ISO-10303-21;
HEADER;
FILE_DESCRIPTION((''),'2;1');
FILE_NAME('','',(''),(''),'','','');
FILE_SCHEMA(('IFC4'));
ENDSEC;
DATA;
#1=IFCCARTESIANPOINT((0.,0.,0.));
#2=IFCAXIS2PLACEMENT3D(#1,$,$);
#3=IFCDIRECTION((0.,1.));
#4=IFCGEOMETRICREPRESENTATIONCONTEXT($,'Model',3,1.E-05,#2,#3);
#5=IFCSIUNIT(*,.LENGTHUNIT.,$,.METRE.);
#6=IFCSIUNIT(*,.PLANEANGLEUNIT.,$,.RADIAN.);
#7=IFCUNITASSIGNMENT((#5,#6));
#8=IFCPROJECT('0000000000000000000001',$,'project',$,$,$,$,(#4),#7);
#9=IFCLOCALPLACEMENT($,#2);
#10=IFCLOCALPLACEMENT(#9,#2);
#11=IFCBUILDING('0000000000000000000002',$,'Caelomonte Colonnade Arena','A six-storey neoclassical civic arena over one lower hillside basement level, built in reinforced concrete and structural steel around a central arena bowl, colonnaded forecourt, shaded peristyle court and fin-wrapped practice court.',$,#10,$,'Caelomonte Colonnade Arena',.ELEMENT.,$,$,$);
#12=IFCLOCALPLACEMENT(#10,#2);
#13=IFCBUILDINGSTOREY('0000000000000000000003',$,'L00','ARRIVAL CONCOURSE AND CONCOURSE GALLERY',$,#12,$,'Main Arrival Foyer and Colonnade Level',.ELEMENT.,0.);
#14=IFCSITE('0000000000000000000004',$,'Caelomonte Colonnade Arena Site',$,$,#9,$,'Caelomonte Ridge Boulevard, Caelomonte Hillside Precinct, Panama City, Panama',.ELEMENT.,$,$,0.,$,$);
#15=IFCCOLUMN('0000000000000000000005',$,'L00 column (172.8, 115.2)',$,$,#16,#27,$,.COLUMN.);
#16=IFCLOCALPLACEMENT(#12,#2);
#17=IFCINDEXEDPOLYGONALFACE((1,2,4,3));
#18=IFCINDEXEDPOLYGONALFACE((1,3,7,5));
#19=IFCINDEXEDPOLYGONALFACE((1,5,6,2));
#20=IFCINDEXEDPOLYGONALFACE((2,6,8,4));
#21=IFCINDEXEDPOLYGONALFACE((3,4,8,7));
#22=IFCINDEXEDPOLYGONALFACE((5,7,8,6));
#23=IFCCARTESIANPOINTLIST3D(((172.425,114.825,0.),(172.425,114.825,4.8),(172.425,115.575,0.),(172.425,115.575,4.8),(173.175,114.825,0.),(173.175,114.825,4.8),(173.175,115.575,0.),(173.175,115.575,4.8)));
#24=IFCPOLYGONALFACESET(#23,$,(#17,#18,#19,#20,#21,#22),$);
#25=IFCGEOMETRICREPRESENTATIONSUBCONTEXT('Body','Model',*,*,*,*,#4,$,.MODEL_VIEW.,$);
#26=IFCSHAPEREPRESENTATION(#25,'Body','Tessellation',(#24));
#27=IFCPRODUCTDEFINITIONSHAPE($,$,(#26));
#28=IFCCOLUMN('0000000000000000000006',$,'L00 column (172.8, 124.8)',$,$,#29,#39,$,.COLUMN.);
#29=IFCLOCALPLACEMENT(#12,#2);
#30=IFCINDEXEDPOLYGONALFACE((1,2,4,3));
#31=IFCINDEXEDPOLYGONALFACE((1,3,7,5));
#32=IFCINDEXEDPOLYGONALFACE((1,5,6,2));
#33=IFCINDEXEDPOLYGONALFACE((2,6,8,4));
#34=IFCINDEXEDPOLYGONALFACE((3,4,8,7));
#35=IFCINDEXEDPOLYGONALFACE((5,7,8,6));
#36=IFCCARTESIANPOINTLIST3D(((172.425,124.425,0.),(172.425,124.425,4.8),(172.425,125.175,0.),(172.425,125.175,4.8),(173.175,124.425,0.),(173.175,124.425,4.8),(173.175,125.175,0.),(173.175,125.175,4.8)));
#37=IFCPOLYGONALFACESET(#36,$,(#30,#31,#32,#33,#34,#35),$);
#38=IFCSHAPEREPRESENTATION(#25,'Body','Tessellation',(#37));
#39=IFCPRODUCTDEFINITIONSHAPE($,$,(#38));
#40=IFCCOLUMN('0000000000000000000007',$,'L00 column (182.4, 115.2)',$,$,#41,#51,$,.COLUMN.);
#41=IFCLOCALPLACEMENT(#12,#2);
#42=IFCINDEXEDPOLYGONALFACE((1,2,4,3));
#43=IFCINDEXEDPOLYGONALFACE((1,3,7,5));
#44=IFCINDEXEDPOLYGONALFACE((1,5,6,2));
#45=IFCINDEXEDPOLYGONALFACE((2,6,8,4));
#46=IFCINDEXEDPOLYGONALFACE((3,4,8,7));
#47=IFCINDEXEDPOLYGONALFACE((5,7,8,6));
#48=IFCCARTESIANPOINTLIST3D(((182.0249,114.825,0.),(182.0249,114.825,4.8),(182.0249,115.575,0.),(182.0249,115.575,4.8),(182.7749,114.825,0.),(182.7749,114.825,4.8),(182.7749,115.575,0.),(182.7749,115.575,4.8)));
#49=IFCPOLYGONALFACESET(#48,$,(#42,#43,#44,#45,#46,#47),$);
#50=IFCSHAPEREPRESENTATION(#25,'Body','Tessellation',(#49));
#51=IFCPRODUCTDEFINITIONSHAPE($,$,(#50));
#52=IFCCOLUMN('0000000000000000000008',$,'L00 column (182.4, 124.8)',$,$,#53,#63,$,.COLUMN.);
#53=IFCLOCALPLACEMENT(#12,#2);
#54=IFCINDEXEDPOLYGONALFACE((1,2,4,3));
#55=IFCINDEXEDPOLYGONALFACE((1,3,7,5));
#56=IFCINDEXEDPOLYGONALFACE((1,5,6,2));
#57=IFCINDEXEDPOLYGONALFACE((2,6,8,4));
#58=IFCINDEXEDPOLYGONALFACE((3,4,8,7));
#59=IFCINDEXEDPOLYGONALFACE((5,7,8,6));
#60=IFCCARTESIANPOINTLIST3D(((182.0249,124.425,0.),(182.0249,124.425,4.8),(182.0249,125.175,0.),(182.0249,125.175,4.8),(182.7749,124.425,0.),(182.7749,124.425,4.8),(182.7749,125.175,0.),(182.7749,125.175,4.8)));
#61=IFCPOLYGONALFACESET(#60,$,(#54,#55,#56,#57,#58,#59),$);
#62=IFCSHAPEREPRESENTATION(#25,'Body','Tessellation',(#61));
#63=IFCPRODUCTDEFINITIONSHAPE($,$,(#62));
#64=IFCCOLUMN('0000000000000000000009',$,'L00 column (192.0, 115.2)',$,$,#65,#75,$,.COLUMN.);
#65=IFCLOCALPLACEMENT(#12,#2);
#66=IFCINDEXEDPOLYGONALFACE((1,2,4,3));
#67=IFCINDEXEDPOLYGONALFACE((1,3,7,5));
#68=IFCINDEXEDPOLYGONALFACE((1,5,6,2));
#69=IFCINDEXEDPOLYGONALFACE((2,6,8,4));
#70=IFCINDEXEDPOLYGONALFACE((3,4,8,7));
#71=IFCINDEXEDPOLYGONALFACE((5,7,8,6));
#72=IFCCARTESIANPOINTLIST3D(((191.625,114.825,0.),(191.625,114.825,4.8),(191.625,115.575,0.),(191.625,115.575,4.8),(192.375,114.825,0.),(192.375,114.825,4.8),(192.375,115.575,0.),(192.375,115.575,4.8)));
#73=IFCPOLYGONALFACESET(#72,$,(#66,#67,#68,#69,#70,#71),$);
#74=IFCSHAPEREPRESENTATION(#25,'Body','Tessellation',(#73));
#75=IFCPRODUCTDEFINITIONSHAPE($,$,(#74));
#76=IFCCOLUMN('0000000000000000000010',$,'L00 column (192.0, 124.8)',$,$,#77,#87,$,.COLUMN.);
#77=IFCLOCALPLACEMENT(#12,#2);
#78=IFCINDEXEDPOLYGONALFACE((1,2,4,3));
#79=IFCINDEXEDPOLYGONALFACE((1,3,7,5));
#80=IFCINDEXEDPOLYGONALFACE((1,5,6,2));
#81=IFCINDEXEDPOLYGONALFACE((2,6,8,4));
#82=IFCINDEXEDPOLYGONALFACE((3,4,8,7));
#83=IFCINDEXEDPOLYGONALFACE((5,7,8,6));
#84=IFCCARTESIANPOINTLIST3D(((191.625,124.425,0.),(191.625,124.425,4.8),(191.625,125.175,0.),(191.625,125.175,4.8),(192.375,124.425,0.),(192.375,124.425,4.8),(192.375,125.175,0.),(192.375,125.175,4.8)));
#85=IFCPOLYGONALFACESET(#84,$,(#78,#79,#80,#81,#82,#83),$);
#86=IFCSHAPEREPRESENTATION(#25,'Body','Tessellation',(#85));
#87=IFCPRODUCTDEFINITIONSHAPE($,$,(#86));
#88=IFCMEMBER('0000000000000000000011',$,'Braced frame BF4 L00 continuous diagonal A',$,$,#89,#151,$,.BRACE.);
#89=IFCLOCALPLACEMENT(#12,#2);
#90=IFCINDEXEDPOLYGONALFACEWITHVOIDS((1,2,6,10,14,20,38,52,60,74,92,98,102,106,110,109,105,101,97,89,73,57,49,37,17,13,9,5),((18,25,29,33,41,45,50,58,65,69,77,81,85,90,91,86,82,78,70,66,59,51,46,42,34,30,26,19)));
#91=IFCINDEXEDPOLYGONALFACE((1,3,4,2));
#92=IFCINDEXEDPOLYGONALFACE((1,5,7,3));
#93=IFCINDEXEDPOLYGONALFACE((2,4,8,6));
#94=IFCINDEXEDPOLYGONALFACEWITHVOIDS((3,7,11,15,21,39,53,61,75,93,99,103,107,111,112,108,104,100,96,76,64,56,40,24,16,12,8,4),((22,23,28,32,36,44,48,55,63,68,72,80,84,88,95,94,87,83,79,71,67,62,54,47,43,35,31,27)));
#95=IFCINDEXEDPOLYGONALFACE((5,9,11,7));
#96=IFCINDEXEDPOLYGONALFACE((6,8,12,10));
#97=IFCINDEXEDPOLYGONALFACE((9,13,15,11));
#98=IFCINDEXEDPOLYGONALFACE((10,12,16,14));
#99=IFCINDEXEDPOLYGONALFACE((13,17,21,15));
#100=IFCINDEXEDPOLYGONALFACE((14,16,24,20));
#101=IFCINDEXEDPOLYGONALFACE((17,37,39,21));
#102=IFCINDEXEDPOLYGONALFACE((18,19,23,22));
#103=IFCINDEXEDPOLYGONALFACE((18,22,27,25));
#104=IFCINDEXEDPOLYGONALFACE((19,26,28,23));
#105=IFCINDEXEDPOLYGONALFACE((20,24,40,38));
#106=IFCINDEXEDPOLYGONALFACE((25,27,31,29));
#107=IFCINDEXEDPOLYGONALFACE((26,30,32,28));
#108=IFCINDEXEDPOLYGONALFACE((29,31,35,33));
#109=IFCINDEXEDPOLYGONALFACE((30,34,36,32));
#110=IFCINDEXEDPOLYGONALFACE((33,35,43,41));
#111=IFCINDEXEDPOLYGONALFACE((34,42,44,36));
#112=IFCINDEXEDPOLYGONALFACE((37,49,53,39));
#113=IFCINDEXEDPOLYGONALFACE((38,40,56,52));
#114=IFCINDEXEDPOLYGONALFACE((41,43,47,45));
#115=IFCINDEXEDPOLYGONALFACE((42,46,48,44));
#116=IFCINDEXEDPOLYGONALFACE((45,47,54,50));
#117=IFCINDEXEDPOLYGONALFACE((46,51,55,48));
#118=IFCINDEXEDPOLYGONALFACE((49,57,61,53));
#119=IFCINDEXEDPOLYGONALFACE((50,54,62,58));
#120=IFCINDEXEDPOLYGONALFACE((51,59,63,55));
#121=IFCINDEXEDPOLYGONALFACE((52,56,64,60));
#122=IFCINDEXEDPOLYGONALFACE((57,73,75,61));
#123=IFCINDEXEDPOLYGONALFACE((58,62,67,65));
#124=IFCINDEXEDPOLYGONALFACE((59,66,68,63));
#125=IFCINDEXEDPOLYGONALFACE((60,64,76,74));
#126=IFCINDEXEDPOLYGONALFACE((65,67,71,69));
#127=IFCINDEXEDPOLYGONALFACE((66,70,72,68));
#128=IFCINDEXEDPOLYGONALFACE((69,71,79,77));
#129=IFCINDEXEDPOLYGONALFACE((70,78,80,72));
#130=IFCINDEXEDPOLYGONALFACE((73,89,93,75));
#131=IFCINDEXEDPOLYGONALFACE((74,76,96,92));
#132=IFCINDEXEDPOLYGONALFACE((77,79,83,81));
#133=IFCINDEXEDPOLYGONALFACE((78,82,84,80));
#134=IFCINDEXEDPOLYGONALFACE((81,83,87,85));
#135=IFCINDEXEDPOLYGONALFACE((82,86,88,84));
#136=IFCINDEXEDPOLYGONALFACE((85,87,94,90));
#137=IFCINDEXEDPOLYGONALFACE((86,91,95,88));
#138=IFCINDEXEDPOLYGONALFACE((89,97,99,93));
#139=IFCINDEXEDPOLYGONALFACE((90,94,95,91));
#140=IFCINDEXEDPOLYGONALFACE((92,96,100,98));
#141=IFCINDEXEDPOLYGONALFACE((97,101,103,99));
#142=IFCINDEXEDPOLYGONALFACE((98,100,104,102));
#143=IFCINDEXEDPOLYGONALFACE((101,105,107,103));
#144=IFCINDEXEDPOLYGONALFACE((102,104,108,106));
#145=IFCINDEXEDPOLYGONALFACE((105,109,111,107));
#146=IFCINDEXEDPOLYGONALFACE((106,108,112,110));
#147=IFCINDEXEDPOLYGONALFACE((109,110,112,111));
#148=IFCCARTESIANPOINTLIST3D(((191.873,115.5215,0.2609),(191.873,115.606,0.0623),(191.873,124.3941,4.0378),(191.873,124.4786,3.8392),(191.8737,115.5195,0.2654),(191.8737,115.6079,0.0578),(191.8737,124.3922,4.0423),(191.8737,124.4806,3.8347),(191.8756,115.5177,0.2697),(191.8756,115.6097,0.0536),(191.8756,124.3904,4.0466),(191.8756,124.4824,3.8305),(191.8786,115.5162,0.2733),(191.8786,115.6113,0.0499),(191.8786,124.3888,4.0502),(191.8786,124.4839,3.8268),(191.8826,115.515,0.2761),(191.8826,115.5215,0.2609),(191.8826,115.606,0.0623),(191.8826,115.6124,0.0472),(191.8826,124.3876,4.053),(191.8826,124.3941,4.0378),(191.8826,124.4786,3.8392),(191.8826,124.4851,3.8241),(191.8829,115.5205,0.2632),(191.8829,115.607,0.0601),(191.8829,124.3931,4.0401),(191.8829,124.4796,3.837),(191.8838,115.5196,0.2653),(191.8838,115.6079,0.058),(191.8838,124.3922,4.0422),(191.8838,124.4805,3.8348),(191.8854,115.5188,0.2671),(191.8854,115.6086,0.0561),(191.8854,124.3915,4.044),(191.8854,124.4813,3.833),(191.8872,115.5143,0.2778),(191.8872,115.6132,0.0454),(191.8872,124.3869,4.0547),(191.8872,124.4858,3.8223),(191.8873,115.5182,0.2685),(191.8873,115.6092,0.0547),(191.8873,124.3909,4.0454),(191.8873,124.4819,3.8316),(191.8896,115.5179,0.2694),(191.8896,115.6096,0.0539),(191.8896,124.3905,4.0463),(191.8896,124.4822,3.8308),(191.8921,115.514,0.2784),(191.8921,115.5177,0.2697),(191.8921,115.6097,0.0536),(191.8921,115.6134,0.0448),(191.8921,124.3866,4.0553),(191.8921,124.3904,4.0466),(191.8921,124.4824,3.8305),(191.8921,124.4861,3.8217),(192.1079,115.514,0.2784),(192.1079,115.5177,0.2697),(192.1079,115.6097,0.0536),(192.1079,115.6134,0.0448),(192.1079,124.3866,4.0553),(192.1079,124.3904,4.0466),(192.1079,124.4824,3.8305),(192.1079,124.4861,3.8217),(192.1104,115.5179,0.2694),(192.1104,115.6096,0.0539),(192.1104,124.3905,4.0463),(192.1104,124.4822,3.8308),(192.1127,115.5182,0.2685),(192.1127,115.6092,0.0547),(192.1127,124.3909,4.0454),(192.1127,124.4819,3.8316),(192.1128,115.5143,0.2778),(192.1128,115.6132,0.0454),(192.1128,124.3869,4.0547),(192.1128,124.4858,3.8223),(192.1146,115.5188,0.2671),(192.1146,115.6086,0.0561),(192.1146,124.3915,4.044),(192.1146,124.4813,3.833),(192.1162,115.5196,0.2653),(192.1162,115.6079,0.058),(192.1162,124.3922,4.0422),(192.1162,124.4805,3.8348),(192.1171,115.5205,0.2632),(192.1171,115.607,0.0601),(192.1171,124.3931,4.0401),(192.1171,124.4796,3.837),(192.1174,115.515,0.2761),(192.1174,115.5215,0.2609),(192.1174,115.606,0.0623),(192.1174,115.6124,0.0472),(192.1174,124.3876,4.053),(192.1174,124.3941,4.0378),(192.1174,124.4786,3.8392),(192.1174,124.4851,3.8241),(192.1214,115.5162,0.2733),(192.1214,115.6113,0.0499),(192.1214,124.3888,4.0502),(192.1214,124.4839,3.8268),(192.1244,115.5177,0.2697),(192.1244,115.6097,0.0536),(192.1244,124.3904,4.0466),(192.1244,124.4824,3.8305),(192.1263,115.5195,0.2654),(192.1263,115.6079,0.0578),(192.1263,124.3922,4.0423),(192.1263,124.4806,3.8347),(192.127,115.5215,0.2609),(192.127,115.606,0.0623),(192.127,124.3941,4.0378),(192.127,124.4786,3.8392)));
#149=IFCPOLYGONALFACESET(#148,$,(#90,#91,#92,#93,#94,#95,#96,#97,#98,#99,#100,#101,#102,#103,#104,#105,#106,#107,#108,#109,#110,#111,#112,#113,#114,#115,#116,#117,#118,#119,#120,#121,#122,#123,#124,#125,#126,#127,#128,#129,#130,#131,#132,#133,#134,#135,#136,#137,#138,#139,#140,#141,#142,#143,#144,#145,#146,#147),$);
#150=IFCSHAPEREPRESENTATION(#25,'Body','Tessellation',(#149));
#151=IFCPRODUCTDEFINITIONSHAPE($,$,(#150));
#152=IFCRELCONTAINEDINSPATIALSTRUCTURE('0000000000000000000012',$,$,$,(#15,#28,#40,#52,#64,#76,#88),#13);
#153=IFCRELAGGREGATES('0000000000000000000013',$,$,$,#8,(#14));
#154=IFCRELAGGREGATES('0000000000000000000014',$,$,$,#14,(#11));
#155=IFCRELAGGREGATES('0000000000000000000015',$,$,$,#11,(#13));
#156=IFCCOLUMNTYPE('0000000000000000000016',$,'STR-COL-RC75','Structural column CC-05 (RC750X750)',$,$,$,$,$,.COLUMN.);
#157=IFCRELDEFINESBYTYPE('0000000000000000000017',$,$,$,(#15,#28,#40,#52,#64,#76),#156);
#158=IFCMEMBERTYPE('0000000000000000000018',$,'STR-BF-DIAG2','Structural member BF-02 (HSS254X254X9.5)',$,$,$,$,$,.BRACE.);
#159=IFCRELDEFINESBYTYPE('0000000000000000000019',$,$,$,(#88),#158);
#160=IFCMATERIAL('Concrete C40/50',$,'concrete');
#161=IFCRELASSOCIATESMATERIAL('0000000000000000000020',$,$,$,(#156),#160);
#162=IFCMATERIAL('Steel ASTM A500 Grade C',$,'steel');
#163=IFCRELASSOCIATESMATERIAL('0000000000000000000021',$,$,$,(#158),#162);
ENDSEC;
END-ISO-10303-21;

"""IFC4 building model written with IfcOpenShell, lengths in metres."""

from ifc_helpers import new_model, si_unit, direction, frame, origin, origin_2d, place, context, subcontext, project, spatial, rectangle, hollow_rectangle, extrude, material, material_profile, profile_set, type_object, element, save


model = new_model("IFC4")

# Units and contexts
model_context = context("Model", 3, precision=1e-05, world=origin(), true_north=direction((0.0, 1.0)))
body_context = subcontext(model_context, "Body", "Model", "MODEL_VIEW")
ifc_project = project(units=[si_unit("LENGTHUNIT", "METRE"), si_unit("PLANEANGLEUNIT", "RADIAN")], contexts=[model_context])

# Site, building, storey
site_placement = place(None, origin())
site = spatial("IfcSite", under=ifc_project, at=site_placement, Name="Caelomonte Colonnade Arena Site", LongName="Caelomonte Ridge Boulevard, Caelomonte Hillside Precinct, Panama City, Panama", CompositionType="ELEMENT", RefElevation=0.0)
building_placement = place(site_placement, origin())
building = spatial("IfcBuilding", under=site, at=building_placement, Name="Caelomonte Colonnade Arena", Description="A six-storey neoclassical civic arena over one lower hillside basement level, built in reinforced concrete and structural steel around a central arena bowl, colonnaded forecourt, shaded peristyle court and fin-wrapped practice court.", LongName="Caelomonte Colonnade Arena", CompositionType="ELEMENT")
storey_placement = place(building_placement, origin())
storey = spatial("IfcBuildingStorey", under=building, at=storey_placement, Name="L00", Description="ARRIVAL CONCOURSE AND CONCOURSE GALLERY", LongName="Main Arrival Foyer and Colonnade Level", CompositionType="ELEMENT", Elevation=0.0)

# Columns
ifc_material_1 = material(Name="Concrete C40/50", Category="concrete")
ifc_material_profile_1 = material_profile(ifc_material_1, rectangle(XDim=0.75, YDim=0.75, at=origin_2d()), Name="RC750X750")
ifc_profile_set_1 = profile_set([ifc_material_profile_1], Name="Concrete C40/50")
column_type = type_object("IfcColumnType", Name="STR-COL-RC75", Description="Structural column CC-05 (RC750X750)", PredefinedType="COLUMN", material=ifc_profile_set_1)
for number, where, z_axis, x_axis, name in (
    (1, (172.8, 115.2, 0.0), (0.0, 0.0, 1.0), (1.0, 0.0, 0.0), "L00 column (172.8, 115.2)"),
    (2, (172.8, 124.8, 0.0), (0.0, 0.0, 1.0), (1.0, 0.0, 0.0), "L00 column (172.8, 124.8)"),
    (3, (182.3999, 115.2, 0.0), (0.0, 0.0, 1.0), (1.0, 0.0, 0.0), "L00 column (182.4, 115.2)"),
    (4, (182.3999, 124.8, 0.0), (0.0, 0.0, 1.0), (1.0, 0.0, 0.0), "L00 column (182.4, 124.8)"),
    (5, (192.0, 115.2, 0.0), (0.0, 0.0, 1.0), (1.0, 0.0, 0.0), "L00 column (192.0, 115.2)"),
    (6, (192.0, 124.8, 0.0), (0.0, 0.0, 1.0), (1.0, 0.0, 0.0), "L00 column (192.0, 124.8)"),
):
    element("IfcColumn", number, at=place(storey_placement, frame(where, z_axis=z_axis, x_axis=x_axis)), inside=storey, type_object=column_type, Name=name, PredefinedType="COLUMN", context=body_context, shape_type="SweptSolid", body=[
        extrude(rectangle(XDim=0.75, YDim=0.75, at=origin_2d()), origin(), (0.0, 0.0, 1.0), 4.8),
    ])

# Member
ifc_material_2 = material(Name="Steel ASTM A500 Grade C", Category="steel")
ifc_material_profile_2 = material_profile(ifc_material_2, hollow_rectangle(XDim=0.2539, YDim=0.2539, WallThickness=0.0095, InnerFilletRadius=0.0095, OuterFilletRadius=0.019, at=origin_2d()), Name="HSS254X254X9.5")
ifc_profile_set_2 = profile_set([ifc_material_profile_2], Name="Steel ASTM A500 Grade C")
member_type = type_object("IfcMemberType", Name="STR-BF-DIAG2", Description="Structural member BF-02 (HSS254X254X9.5)", PredefinedType="BRACE", material=ifc_profile_set_2)
member_placement = place(storey_placement, frame((192.0, 115.5637, 0.1616), z_axis=(0.0, 0.920106, 0.391669), x_axis=(-1.0, 0.0, 0.0)))
element("IfcMember", 7, at=member_placement, inside=storey, type_object=member_type, Name="Braced frame BF4 L00 continuous diagonal A", PredefinedType="BRACE", context=body_context, shape_type="SweptSolid", body=[
    extrude(hollow_rectangle(XDim=0.2539, YDim=0.2539, WallThickness=0.0095, InnerFilletRadius=0.0095, OuterFilletRadius=0.019, at=origin_2d()), origin(), (0.0, 0.0, 1.0), 9.6431),
])

save(model, "model.ifc")
